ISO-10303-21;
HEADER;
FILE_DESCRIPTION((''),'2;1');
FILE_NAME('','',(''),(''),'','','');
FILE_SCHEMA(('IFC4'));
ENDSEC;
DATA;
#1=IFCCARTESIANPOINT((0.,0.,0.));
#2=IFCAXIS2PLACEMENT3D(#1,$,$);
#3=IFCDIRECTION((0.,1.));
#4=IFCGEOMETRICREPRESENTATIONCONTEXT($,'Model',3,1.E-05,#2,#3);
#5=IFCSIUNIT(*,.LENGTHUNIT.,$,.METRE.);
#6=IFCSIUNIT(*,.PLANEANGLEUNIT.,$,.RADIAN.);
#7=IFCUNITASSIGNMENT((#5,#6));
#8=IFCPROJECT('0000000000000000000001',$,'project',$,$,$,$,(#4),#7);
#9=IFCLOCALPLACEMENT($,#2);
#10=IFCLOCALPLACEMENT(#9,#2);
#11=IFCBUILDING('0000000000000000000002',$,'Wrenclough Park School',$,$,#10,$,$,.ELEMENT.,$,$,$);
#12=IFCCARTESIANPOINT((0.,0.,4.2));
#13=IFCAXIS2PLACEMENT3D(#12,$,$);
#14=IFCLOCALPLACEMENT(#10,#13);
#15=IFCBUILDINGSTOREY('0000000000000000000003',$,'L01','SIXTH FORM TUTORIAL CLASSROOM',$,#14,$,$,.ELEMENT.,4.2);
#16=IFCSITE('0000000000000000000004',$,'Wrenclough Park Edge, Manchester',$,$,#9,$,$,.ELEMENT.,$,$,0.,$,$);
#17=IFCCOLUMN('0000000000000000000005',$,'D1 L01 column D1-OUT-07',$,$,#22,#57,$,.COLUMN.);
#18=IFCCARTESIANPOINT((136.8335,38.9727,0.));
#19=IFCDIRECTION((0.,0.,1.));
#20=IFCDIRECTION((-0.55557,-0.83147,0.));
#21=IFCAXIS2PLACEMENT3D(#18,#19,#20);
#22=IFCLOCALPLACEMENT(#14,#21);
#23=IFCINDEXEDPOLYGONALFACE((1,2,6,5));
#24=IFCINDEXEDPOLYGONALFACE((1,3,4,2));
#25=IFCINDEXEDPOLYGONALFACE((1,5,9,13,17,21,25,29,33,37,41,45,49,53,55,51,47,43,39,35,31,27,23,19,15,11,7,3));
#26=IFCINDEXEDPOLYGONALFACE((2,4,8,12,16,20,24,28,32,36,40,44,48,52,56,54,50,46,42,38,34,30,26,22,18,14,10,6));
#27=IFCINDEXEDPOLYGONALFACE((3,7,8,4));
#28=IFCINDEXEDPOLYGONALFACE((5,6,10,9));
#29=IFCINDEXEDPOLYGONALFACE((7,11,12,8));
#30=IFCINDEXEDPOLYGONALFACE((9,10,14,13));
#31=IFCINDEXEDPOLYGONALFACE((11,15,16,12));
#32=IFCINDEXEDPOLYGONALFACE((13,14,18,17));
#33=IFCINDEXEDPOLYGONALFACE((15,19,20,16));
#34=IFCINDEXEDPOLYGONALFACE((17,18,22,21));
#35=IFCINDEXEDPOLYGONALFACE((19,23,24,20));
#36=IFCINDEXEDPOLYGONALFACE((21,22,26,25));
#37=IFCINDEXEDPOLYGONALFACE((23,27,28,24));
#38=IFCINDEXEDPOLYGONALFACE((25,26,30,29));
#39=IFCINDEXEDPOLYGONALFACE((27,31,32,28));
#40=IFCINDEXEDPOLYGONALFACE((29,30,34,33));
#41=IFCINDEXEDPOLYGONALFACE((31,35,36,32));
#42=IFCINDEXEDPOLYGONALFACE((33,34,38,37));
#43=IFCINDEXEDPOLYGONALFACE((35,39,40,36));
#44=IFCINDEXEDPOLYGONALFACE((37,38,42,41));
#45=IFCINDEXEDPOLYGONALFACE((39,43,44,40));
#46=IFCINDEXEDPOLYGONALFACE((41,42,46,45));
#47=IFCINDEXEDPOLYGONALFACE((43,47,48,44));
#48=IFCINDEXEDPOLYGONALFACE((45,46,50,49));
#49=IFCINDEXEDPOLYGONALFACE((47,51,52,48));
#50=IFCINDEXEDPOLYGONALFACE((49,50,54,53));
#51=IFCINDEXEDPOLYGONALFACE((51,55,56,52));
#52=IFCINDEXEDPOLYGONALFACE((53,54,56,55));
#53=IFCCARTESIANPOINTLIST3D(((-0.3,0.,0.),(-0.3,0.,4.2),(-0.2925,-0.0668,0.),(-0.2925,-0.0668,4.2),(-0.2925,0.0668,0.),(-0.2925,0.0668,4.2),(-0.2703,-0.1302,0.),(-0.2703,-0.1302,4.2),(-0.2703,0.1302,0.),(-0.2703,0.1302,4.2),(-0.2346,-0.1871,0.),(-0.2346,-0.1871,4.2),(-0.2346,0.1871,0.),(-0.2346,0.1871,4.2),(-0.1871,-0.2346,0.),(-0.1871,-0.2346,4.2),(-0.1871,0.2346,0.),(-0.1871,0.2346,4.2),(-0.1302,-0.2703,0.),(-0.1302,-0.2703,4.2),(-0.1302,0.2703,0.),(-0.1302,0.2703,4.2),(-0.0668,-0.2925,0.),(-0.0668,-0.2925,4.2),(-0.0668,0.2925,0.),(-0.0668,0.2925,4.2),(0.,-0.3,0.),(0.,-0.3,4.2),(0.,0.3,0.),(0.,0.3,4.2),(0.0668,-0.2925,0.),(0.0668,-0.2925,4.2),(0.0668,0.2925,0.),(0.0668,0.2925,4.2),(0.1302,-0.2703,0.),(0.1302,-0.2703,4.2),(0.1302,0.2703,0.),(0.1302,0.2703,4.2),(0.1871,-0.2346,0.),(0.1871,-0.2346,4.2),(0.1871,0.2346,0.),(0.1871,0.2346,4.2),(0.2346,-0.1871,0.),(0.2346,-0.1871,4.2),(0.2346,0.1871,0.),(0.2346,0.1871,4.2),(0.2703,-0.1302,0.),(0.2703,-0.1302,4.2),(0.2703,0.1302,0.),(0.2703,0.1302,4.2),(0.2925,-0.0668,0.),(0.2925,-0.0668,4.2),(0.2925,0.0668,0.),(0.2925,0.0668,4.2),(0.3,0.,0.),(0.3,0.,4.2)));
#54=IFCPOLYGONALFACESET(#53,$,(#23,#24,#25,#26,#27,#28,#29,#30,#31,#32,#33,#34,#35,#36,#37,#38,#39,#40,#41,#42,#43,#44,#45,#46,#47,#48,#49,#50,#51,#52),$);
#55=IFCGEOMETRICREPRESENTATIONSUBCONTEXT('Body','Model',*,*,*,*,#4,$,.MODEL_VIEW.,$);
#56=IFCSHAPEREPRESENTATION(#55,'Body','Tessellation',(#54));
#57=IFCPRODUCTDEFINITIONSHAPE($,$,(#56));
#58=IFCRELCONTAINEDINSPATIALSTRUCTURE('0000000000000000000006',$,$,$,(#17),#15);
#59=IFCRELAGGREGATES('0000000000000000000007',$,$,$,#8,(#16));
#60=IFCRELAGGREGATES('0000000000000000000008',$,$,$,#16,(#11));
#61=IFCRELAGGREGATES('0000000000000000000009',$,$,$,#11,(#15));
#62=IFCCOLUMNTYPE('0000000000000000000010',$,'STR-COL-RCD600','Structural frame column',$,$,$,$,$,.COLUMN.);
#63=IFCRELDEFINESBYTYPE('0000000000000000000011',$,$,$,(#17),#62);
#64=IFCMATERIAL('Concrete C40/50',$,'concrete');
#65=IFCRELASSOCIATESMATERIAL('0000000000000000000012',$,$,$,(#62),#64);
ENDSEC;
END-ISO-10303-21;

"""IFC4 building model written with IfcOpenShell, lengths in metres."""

from ifc_helpers import new_model, si_unit, direction, frame, origin, origin_2d, place, context, subcontext, project, spatial, circle, extrude, material, material_profile, profile_set, type_object, element, save


model = new_model("IFC4")

# Units and contexts
model_context = context("Model", 3, precision=1e-05, world=origin(), true_north=direction((0.0, 1.0)))
body_context = subcontext(model_context, "Body", "Model", "MODEL_VIEW")
ifc_project = project(units=[si_unit("LENGTHUNIT", "METRE"), si_unit("PLANEANGLEUNIT", "RADIAN")], contexts=[model_context])

# Site, building, storey
site_placement = place(None, origin())
site = spatial("IfcSite", under=ifc_project, at=site_placement, Name="Wrenclough Park Edge, Manchester", CompositionType="ELEMENT", RefElevation=0.0)
building_placement = place(site_placement, origin())
building = spatial("IfcBuilding", under=site, at=building_placement, Name="Wrenclough Park School", CompositionType="ELEMENT")
storey_placement = place(building_placement, frame((0.0, 0.0, 4.2)))
storey = spatial("IfcBuildingStorey", under=building, at=storey_placement, Name="L01", Description="SIXTH FORM TUTORIAL CLASSROOM", CompositionType="ELEMENT", Elevation=4.2)

# Column
ifc_material_1 = material(Name="Concrete C40/50", Category="concrete")
ifc_material_profile_1 = material_profile(ifc_material_1, circle(Radius=0.3, at=origin_2d()), Name="RC COL D600")
ifc_profile_set_1 = profile_set([ifc_material_profile_1], Name="Concrete C40/50")
column_type = type_object("IfcColumnType", Name="STR-COL-RCD600", Description="Structural frame column", PredefinedType="COLUMN", material=ifc_profile_set_1)
column_placement = place(storey_placement, frame((136.8335, 38.9727, 0.0), z_axis=(0.0, 0.0, 1.0), x_axis=(-0.55557, -0.83147, 0.0)))
element("IfcColumn", 1, at=column_placement, inside=storey, type_object=column_type, Name="D1 L01 column D1-OUT-07", PredefinedType="COLUMN", context=body_context, shape_type="SweptSolid", body=[
    extrude(circle(Radius=0.3, at=origin_2d()), origin(), (0.0, 0.0, 1.0), 4.2),
])

save(model, "model.ifc")
